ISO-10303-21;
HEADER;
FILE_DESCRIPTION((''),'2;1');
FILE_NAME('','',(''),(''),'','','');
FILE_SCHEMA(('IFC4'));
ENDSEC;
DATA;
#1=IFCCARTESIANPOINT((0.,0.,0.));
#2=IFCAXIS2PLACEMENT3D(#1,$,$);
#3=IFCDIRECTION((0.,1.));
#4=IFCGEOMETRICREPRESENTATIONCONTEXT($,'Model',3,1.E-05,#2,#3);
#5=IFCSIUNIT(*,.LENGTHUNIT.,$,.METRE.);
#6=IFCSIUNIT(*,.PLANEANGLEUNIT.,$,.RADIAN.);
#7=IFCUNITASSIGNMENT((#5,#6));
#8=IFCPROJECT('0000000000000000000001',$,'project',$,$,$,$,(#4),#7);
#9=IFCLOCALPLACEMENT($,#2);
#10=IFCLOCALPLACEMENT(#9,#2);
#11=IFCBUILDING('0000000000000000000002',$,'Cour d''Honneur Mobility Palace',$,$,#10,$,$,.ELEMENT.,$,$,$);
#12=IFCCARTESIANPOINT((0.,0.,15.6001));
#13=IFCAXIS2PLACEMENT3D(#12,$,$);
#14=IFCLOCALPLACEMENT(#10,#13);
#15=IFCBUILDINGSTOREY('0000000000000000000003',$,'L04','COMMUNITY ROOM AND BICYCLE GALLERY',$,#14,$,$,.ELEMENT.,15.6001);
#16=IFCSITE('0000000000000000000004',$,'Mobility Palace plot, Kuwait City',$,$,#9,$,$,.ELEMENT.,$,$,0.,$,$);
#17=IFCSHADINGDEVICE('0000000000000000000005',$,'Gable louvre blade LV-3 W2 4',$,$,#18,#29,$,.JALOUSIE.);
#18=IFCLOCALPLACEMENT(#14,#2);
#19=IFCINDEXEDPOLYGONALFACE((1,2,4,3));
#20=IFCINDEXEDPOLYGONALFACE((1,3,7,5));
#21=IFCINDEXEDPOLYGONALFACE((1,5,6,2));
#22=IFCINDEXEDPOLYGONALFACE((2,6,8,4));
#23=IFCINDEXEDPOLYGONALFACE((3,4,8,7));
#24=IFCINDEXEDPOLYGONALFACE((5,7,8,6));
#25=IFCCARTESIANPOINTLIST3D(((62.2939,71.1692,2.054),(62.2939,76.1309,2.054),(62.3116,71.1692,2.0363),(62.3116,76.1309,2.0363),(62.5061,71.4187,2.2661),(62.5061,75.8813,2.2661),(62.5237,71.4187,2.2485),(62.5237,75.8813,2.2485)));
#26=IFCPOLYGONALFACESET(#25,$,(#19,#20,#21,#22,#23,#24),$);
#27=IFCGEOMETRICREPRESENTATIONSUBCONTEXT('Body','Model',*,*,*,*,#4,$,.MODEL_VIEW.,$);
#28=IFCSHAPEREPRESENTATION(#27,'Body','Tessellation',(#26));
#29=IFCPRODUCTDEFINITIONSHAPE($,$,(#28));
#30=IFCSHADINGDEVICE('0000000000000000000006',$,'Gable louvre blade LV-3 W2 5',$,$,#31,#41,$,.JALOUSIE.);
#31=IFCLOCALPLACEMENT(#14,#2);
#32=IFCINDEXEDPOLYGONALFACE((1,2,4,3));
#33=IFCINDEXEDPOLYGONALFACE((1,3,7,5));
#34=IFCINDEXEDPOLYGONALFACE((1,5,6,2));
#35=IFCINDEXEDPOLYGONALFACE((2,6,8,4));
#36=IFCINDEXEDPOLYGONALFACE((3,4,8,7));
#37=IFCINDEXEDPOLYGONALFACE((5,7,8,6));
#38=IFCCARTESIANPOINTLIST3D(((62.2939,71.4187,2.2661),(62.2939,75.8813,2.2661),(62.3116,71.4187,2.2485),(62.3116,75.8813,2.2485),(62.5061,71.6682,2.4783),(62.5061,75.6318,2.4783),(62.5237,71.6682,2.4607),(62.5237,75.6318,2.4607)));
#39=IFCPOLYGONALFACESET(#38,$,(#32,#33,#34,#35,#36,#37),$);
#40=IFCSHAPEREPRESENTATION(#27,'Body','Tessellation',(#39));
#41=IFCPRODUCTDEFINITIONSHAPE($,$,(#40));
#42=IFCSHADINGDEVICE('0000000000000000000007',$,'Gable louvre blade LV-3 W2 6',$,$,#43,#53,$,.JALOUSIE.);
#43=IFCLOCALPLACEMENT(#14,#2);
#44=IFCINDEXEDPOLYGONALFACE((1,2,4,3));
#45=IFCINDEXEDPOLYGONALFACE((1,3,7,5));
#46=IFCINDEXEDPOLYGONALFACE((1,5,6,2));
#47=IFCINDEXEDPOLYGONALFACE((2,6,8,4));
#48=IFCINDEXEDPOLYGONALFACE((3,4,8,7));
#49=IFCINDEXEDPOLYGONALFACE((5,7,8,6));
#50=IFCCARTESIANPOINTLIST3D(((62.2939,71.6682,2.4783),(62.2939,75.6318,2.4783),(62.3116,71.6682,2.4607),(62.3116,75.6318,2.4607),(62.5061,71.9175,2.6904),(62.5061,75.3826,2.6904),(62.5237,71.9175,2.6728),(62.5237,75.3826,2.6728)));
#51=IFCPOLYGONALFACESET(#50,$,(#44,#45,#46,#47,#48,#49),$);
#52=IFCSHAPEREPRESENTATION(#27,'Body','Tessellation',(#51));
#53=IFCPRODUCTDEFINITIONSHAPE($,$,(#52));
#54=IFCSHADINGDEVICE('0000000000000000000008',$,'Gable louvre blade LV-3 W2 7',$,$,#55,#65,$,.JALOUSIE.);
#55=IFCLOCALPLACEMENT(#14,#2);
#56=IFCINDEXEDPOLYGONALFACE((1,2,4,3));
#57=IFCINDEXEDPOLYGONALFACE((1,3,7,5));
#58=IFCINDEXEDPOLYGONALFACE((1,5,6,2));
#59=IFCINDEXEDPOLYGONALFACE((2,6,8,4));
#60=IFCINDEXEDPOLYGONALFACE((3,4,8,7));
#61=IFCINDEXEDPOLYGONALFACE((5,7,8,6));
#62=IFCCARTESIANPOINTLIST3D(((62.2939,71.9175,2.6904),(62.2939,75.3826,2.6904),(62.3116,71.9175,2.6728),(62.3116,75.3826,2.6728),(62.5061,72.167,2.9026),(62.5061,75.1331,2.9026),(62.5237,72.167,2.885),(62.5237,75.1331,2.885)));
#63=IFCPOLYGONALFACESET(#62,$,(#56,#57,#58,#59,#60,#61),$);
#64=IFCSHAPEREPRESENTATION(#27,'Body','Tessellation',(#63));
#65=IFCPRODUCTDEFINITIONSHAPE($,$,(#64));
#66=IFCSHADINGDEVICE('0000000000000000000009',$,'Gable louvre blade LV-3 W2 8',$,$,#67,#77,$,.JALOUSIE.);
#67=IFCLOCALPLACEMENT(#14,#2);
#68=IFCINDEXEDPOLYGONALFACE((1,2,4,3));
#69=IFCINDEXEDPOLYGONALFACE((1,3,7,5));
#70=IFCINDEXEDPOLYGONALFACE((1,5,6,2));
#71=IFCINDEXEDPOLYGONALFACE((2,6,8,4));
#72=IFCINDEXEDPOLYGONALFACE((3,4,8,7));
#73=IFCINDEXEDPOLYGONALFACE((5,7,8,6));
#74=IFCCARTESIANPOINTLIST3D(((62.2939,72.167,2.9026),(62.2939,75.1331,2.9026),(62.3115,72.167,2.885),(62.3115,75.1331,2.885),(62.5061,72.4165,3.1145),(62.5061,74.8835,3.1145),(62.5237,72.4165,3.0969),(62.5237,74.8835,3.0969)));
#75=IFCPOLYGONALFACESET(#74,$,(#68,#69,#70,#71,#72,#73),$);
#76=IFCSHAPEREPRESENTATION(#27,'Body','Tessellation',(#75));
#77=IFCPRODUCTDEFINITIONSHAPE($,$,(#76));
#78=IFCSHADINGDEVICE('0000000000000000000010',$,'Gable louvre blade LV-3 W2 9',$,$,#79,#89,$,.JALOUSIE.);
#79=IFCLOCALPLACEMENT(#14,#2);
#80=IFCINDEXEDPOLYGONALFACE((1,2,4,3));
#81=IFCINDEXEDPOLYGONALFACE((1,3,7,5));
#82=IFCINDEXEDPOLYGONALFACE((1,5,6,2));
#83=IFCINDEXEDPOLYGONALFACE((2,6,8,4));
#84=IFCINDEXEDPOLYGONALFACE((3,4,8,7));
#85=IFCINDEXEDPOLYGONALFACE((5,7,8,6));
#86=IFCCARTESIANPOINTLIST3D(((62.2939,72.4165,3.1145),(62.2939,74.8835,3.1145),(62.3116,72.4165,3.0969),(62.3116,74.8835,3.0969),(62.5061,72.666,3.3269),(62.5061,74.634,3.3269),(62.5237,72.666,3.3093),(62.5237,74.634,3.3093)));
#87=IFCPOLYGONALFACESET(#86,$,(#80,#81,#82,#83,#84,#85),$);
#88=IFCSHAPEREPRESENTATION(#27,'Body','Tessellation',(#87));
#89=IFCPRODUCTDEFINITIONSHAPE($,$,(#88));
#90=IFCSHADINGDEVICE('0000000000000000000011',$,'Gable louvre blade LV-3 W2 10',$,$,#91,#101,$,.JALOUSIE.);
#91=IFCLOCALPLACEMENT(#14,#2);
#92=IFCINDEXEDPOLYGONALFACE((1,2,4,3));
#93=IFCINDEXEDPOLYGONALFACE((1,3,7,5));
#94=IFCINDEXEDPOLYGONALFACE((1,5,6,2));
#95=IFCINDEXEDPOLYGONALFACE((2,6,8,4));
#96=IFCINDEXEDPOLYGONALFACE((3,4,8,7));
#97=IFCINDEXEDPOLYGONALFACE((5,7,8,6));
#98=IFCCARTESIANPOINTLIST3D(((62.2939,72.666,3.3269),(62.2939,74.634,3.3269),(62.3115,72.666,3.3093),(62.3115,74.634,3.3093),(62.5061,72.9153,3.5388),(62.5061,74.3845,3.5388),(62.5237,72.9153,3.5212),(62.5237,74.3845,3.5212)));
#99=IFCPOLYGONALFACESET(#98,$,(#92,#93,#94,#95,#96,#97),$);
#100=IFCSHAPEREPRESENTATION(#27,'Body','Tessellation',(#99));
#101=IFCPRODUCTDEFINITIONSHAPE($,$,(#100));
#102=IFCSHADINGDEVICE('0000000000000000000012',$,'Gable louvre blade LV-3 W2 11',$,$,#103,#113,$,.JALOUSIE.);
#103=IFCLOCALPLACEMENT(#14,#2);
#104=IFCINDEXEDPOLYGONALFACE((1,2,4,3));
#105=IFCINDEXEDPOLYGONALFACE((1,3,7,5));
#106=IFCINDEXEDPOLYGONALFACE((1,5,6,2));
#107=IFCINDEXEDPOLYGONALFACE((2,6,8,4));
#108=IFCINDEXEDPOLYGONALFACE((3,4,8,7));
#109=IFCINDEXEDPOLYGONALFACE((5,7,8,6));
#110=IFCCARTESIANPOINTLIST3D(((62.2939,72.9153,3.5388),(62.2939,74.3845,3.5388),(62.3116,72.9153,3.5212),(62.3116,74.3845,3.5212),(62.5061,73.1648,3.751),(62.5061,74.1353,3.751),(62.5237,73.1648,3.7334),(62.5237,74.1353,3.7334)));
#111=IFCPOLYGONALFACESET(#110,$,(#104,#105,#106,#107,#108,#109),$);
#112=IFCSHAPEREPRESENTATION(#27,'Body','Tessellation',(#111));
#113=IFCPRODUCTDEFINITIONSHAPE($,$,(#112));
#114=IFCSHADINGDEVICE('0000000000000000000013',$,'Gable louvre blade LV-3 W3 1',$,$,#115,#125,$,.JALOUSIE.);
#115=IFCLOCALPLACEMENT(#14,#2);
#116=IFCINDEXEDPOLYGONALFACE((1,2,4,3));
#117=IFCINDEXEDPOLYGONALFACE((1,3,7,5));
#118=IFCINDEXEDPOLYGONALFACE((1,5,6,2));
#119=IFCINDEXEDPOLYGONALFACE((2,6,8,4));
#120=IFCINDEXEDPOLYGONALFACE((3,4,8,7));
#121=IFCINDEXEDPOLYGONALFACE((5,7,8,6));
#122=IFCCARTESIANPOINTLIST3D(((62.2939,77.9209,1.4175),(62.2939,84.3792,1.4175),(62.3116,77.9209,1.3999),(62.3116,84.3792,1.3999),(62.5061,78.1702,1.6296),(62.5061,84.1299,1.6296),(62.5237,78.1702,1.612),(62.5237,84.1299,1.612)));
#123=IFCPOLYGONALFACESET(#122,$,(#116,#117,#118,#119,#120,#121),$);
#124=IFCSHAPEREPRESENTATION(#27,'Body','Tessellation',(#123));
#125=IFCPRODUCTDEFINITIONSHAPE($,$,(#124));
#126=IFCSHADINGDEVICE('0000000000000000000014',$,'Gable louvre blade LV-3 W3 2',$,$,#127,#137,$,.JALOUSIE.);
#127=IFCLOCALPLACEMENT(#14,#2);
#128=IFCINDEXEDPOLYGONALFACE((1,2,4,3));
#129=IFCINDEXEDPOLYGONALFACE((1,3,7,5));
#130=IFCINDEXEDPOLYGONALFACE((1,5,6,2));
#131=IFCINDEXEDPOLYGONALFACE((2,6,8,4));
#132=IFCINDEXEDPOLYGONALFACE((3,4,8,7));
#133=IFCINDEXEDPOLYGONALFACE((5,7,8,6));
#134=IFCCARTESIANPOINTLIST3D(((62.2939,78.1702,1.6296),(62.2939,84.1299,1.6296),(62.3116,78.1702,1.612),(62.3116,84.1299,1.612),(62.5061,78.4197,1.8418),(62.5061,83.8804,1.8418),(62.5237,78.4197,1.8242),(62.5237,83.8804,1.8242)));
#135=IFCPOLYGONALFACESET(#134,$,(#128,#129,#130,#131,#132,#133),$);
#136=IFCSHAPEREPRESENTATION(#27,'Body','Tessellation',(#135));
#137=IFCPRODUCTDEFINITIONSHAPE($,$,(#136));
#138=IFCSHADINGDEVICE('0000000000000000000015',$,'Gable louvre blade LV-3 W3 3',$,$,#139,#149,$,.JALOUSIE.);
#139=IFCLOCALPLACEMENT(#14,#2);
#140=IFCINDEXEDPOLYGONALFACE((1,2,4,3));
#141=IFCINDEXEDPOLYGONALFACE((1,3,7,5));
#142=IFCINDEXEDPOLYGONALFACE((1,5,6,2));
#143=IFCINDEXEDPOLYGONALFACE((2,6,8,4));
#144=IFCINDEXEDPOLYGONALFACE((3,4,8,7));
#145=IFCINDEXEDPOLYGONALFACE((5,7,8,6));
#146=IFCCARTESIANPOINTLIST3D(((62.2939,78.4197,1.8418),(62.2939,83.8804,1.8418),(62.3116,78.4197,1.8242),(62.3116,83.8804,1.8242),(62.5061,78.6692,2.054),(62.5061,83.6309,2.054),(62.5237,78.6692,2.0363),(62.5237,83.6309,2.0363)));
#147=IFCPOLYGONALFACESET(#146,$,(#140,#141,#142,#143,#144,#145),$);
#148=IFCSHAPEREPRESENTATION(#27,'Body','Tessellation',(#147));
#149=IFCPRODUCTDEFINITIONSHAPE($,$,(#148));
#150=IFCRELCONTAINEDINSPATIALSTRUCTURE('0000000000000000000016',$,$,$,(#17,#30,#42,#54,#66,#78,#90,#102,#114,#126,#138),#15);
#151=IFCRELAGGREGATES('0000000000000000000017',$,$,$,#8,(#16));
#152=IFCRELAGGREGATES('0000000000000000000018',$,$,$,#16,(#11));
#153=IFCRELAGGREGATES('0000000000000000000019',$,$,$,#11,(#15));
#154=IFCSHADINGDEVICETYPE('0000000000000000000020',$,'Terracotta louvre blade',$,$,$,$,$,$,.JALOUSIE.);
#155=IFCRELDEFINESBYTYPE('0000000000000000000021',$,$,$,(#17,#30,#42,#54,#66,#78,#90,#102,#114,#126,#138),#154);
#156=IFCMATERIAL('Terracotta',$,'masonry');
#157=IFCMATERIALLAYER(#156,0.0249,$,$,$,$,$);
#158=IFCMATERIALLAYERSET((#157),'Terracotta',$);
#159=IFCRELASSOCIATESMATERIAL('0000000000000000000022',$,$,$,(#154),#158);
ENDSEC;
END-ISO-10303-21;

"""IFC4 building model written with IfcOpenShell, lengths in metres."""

from ifc_helpers import new_model, si_unit, direction, frame, origin, place, context, subcontext, project, spatial, polyline, outline, extrude, material, layer, layer_set, type_object, element, save


model = new_model("IFC4")

# Units and contexts
model_context = context("Model", 3, precision=1e-05, world=origin(), true_north=direction((0.0, 1.0)))
body_context = subcontext(model_context, "Body", "Model", "MODEL_VIEW")
ifc_project = project(units=[si_unit("LENGTHUNIT", "METRE"), si_unit("PLANEANGLEUNIT", "RADIAN")], contexts=[model_context])

# Site, building, storey
site_placement = place(None, origin())
site = spatial("IfcSite", under=ifc_project, at=site_placement, Name="Mobility Palace plot, Kuwait City", CompositionType="ELEMENT", RefElevation=0.0)
building_placement = place(site_placement, origin())
building = spatial("IfcBuilding", under=site, at=building_placement, Name="Cour d'Honneur Mobility Palace", CompositionType="ELEMENT")
storey_placement = place(building_placement, frame((0.0, 0.0, 15.6001)))
storey = spatial("IfcBuildingStorey", under=building, at=storey_placement, Name="L04", Description="COMMUNITY ROOM AND BICYCLE GALLERY", CompositionType="ELEMENT", Elevation=15.6001)

# Shading devices
ifc_material_1 = material(Name="Terracotta", Category="masonry")
ifc_layer_1 = layer(ifc_material_1, 0.0249)
ifc_layer_set_1 = layer_set([ifc_layer_1], Name="Terracotta")
shading_device_type = type_object("IfcShadingDeviceType", Name="Terracotta louvre blade", PredefinedType="JALOUSIE", material=ifc_layer_set_1)
shading_device_1_placement = place(storey_placement, frame((62.2939, 71.1692, 2.054), z_axis=(-0.707107, 0.0, 0.707107), x_axis=(0.0, 1.0, 0.0)))
element("IfcShadingDevice", 1, at=shading_device_1_placement, inside=storey, type_object=shading_device_type, Name="Gable louvre blade LV-3 W2 4", PredefinedType="JALOUSIE", context=body_context, shape_type="SweptSolid", body=[
    extrude(outline(polyline([(0.0, 0.0), (4.9617, 0.0), (4.7122, -0.3), (0.2495, -0.3), (0.0, 0.0)])), origin(), (0.0, 0.0, -1.0), 0.0249),
])
shading_device_2_placement = place(storey_placement, frame((62.2939, 71.4187, 2.2661), z_axis=(-0.707107, 0.0, 0.707107), x_axis=(0.0, 1.0, 0.0)))
element("IfcShadingDevice", 2, at=shading_device_2_placement, inside=storey, type_object=shading_device_type, Name="Gable louvre blade LV-3 W2 5", PredefinedType="JALOUSIE", context=body_context, shape_type="SweptSolid", body=[
    extrude(outline(polyline([(0.0, 0.0), (4.4626, 0.0), (4.2131, -0.3), (0.2495, -0.3), (0.0, 0.0)])), origin(), (0.0, 0.0, -1.0), 0.0249),
])
shading_device_3_placement = place(storey_placement, frame((62.2939, 71.6682, 2.4783), z_axis=(-0.707107, 0.0, 0.707107), x_axis=(0.0, 1.0, 0.0)))
element("IfcShadingDevice", 3, at=shading_device_3_placement, inside=storey, type_object=shading_device_type, Name="Gable louvre blade LV-3 W2 6", PredefinedType="JALOUSIE", context=body_context, shape_type="SweptSolid", body=[
    extrude(outline(polyline([(0.0, 0.0), (3.9636, 0.0), (3.7144, -0.3), (0.2493, -0.3), (0.0, 0.0)])), origin(), (0.0, 0.0, -1.0), 0.0249),
])
shading_device_4_placement = place(storey_placement, frame((62.2939, 71.9175, 2.6904), z_axis=(-0.707107, 0.0, 0.707107), x_axis=(0.0, 1.0, 0.0)))
element("IfcShadingDevice", 4, at=shading_device_4_placement, inside=storey, type_object=shading_device_type, Name="Gable louvre blade LV-3 W2 7", PredefinedType="JALOUSIE", context=body_context, shape_type="SweptSolid", body=[
    extrude(outline(polyline([(0.0, 0.0), (3.4651, 0.0), (3.2156, -0.3), (0.2495, -0.3), (0.0, 0.0)])), origin(), (0.0, 0.0, -1.0), 0.0249),
])
shading_device_5_placement = place(storey_placement, frame((62.2939, 72.167, 2.9026), z_axis=(-0.7067, 0.0, 0.707514), x_axis=(0.0, 1.0, 0.0)))
element("IfcShadingDevice", 5, at=shading_device_5_placement, inside=storey, type_object=shading_device_type, Name="Gable louvre blade LV-3 W2 8", PredefinedType="JALOUSIE", context=body_context, shape_type="SweptSolid", body=[
    extrude(outline(polyline([(0.0, 0.0), (2.9661, 0.0), (2.7166, -0.2999), (0.2495, -0.2999), (0.0, 0.0)])), origin(), (0.0, 0.0, -1.0), 0.0249),
])
shading_device_6_placement = place(storey_placement, frame((62.2939, 72.4165, 3.1145), z_axis=(-0.707513, 0.0, 0.7067), x_axis=(0.0, 1.0, 0.0)))
element("IfcShadingDevice", 6, at=shading_device_6_placement, inside=storey, type_object=shading_device_type, Name="Gable louvre blade LV-3 W2 9", PredefinedType="JALOUSIE", context=body_context, shape_type="SweptSolid", body=[
    extrude(outline(polyline([(0.0, 0.0), (2.467, 0.0), (2.2175, -0.3002), (0.2495, -0.3002), (0.0, 0.0)])), origin(), (0.0, 0.0, -1.0), 0.0249),
])
shading_device_7_placement = place(storey_placement, frame((62.2939, 72.666, 3.3269), z_axis=(-0.7067, 0.0, 0.707514), x_axis=(0.0, 1.0, 0.0)))
element("IfcShadingDevice", 7, at=shading_device_7_placement, inside=storey, type_object=shading_device_type, Name="Gable louvre blade LV-3 W2 10", PredefinedType="JALOUSIE", context=body_context, shape_type="SweptSolid", body=[
    extrude(outline(polyline([(0.0, 0.0), (1.968, 0.0), (1.7185, -0.2999), (0.2493, -0.2999), (0.0, 0.0)])), origin(), (0.0, 0.0, -1.0), 0.0249),
])
shading_device_8_placement = place(storey_placement, frame((62.2939, 72.9153, 3.5388), z_axis=(-0.707107, 0.0, 0.707107), x_axis=(0.0, 1.0, 0.0)))
element("IfcShadingDevice", 8, at=shading_device_8_placement, inside=storey, type_object=shading_device_type, Name="Gable louvre blade LV-3 W2 11", PredefinedType="JALOUSIE", context=body_context, shape_type="SweptSolid", body=[
    extrude(outline(polyline([(0.0, 0.0), (1.4692, 0.0), (1.22, -0.3), (0.2495, -0.3), (0.0, 0.0)])), origin(), (0.0, 0.0, -1.0), 0.0249),
])
shading_device_9_placement = place(storey_placement, frame((62.2939, 77.9209, 1.4175), z_axis=(-0.707107, 0.0, 0.707107), x_axis=(0.0, 1.0, 0.0)))
element("IfcShadingDevice", 9, at=shading_device_9_placement, inside=storey, type_object=shading_device_type, Name="Gable louvre blade LV-3 W3 1", PredefinedType="JALOUSIE", context=body_context, shape_type="SweptSolid", body=[
    extrude(outline(polyline([(0.0, 0.0), (6.4583, 0.0), (6.209, -0.3), (0.2493, -0.3), (0.0, 0.0)])), origin(), (0.0, 0.0, -1.0), 0.0249),
])
shading_device_10_placement = place(storey_placement, frame((62.2939, 78.1702, 1.6296), z_axis=(-0.707107, 0.0, 0.707107), x_axis=(0.0, 1.0, 0.0)))
element("IfcShadingDevice", 10, at=shading_device_10_placement, inside=storey, type_object=shading_device_type, Name="Gable louvre blade LV-3 W3 2", PredefinedType="JALOUSIE", context=body_context, shape_type="SweptSolid", body=[
    extrude(outline(polyline([(0.0, 0.0), (5.9597, 0.0), (5.7102, -0.3), (0.2495, -0.3), (0.0, 0.0)])), origin(), (0.0, 0.0, -1.0), 0.0249),
])
shading_device_11_placement = place(storey_placement, frame((62.2939, 78.4197, 1.8418), z_axis=(-0.707107, 0.0, 0.707107), x_axis=(0.0, 1.0, 0.0)))
element("IfcShadingDevice", 11, at=shading_device_11_placement, inside=storey, type_object=shading_device_type, Name="Gable louvre blade LV-3 W3 3", PredefinedType="JALOUSIE", context=body_context, shape_type="SweptSolid", body=[
    extrude(outline(polyline([(0.0, 0.0), (5.4607, 0.0), (5.2112, -0.3), (0.2495, -0.3), (0.0, 0.0)])), origin(), (0.0, 0.0, -1.0), 0.0249),
])

save(model, "model.ifc")
